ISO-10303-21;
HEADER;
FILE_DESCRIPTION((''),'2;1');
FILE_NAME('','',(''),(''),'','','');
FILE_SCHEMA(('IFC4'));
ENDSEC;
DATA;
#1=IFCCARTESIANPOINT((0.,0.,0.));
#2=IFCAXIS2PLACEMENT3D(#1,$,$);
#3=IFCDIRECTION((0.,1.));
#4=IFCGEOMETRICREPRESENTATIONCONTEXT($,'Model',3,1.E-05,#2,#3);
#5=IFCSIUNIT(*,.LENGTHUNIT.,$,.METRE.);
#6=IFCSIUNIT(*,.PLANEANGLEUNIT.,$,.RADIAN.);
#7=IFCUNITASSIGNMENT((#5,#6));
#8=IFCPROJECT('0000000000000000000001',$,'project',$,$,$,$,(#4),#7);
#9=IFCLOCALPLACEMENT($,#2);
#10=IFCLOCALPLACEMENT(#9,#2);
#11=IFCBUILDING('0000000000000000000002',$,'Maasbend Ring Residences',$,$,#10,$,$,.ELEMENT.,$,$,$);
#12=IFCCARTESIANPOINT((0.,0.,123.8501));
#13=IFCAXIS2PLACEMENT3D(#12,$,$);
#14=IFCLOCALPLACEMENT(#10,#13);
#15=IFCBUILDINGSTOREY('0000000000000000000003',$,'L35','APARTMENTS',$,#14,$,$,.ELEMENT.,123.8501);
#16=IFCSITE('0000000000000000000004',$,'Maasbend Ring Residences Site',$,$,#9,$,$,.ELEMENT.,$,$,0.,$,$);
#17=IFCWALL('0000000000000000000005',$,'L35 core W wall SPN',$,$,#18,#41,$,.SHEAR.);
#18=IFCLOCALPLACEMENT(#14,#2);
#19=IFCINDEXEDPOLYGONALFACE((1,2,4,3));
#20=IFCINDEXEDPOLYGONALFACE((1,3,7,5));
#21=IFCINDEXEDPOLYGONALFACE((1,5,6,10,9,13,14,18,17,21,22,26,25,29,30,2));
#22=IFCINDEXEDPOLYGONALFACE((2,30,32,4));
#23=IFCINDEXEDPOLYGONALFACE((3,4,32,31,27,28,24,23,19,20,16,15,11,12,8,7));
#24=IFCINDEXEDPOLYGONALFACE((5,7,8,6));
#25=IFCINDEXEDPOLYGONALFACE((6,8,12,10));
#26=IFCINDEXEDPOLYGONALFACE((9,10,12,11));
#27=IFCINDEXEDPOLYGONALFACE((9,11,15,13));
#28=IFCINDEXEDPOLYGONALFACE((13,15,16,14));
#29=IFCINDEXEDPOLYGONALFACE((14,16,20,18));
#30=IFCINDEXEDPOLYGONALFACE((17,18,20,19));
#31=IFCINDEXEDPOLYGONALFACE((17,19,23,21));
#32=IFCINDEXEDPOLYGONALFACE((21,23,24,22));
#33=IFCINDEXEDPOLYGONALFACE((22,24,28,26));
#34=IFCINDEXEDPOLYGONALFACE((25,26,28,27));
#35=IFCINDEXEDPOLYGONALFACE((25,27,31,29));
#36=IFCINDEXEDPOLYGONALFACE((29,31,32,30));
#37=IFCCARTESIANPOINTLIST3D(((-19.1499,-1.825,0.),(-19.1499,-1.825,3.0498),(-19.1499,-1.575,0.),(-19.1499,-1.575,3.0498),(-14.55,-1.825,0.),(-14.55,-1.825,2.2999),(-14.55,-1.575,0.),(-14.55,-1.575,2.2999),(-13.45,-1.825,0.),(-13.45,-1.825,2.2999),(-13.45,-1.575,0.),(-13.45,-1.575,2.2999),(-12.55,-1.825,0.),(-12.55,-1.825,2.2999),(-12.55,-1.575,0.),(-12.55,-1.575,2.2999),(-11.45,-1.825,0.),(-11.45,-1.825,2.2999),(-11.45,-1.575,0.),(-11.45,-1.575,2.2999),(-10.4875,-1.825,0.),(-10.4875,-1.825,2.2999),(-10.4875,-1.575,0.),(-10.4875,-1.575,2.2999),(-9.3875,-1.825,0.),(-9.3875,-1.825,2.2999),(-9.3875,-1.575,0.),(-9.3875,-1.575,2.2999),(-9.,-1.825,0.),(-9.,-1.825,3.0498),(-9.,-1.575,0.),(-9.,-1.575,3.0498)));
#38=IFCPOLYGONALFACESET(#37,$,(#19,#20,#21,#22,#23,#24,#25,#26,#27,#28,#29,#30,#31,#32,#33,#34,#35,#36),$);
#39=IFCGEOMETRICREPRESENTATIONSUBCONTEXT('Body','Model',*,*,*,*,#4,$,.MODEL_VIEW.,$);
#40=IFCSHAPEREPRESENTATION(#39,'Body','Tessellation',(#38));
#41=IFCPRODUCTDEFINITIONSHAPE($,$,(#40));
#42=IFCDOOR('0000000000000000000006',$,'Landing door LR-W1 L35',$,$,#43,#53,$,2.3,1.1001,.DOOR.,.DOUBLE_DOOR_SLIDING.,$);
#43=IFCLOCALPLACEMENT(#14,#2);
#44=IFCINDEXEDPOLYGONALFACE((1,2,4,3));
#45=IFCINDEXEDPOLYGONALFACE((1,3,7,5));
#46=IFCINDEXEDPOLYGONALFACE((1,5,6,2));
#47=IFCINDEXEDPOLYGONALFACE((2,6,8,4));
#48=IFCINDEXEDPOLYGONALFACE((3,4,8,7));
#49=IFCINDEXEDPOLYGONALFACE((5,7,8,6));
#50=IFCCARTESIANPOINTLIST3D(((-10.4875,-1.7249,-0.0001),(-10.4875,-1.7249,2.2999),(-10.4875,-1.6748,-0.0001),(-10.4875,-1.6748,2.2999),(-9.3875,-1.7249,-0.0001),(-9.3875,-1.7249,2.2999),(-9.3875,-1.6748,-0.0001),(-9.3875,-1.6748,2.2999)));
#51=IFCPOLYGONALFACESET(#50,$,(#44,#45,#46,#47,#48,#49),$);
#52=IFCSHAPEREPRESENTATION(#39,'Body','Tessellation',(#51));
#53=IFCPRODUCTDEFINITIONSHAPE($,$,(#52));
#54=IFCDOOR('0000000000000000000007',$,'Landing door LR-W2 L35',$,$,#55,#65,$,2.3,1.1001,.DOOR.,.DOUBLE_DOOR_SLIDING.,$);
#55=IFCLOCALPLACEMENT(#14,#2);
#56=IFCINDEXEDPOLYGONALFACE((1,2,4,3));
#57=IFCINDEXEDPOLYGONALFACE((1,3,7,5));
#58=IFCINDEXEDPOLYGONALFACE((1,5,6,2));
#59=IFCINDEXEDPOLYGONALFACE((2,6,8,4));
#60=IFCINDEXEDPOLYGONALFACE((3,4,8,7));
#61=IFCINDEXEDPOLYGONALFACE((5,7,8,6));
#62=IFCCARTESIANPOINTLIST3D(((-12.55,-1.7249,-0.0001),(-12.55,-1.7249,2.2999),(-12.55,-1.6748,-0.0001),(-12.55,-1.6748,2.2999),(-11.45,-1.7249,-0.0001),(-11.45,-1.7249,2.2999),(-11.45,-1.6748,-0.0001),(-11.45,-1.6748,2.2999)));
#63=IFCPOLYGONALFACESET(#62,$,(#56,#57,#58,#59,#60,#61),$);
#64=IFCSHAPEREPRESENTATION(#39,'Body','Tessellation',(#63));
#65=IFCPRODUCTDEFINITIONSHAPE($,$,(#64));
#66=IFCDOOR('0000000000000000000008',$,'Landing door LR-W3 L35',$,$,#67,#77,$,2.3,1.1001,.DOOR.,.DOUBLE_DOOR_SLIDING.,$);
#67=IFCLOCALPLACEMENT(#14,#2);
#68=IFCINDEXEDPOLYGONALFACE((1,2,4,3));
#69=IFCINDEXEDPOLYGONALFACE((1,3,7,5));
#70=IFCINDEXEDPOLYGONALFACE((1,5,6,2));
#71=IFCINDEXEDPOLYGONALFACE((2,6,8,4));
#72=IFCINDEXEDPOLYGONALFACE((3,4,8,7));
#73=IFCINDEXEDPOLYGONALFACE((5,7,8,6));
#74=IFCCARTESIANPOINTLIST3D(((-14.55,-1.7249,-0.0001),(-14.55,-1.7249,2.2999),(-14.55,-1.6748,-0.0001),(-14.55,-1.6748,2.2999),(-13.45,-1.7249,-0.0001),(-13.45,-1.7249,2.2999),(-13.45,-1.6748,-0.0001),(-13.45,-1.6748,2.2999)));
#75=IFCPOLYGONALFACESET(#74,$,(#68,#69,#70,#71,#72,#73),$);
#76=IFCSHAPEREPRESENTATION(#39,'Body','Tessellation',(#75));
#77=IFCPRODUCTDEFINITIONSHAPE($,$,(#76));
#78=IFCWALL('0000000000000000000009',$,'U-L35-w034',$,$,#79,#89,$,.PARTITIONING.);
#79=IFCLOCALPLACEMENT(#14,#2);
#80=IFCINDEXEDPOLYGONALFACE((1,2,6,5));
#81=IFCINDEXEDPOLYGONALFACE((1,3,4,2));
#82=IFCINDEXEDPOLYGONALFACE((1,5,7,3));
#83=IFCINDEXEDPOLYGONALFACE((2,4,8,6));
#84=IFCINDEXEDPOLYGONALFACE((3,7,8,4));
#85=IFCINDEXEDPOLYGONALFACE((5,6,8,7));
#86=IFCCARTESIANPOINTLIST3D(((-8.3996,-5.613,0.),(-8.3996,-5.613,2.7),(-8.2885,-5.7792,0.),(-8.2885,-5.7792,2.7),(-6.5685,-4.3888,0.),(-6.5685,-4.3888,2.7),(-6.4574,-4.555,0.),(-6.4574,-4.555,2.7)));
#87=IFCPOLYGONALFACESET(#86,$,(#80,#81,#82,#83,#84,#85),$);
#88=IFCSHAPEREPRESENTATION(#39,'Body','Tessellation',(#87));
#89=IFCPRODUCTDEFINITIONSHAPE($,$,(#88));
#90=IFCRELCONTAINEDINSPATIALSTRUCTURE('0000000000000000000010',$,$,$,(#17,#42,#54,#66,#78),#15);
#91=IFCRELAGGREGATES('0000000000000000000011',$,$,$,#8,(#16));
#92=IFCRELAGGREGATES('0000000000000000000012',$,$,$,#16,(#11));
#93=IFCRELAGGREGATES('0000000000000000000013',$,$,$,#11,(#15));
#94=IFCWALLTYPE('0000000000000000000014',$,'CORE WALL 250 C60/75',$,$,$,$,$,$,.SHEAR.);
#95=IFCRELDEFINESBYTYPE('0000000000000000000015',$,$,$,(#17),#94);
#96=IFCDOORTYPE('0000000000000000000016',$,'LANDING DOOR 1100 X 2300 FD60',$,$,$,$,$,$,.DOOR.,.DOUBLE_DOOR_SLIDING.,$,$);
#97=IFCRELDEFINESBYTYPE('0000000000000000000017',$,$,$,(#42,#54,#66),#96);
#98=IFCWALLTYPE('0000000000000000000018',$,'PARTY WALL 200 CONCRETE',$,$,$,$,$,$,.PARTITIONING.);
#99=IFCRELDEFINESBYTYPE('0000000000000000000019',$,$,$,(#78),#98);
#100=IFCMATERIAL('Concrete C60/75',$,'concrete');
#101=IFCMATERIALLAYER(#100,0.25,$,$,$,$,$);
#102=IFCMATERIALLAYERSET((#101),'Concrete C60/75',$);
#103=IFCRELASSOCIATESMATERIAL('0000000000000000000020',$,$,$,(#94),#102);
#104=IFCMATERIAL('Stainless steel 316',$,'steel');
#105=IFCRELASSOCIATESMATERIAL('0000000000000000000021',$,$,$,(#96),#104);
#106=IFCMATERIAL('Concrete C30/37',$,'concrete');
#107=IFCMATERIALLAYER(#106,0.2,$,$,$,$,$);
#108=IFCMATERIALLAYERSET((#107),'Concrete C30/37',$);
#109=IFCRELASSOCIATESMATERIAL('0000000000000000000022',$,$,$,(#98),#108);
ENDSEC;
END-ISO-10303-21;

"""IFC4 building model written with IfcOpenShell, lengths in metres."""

from ifc_helpers import new_model, si_unit, direction, frame, frame_2d, origin, place, context, subcontext, project, spatial, rectangle, extrude, material, layer, layer_set, type_object, element, fill, save


model = new_model("IFC4")

# Units and contexts
model_context = context("Model", 3, precision=1e-05, world=origin(), true_north=direction((0.0, 1.0)))
body_context = subcontext(model_context, "Body", "Model", "MODEL_VIEW")
ifc_project = project(units=[si_unit("LENGTHUNIT", "METRE"), si_unit("PLANEANGLEUNIT", "RADIAN")], contexts=[model_context])

# Site, building, storey
site_placement = place(None, origin())
site = spatial("IfcSite", under=ifc_project, at=site_placement, Name="Maasbend Ring Residences Site", CompositionType="ELEMENT", RefElevation=0.0)
building_placement = place(site_placement, origin())
building = spatial("IfcBuilding", under=site, at=building_placement, Name="Maasbend Ring Residences", CompositionType="ELEMENT")
storey_placement = place(building_placement, frame((0.0, 0.0, 123.8501)))
storey = spatial("IfcBuildingStorey", under=building, at=storey_placement, Name="L35", Description="APARTMENTS", CompositionType="ELEMENT", Elevation=123.8501)

# Wall, openings, doors
ifc_material_1 = material(Name="Concrete C60/75", Category="concrete")
ifc_layer_1 = layer(ifc_material_1, 0.25)
ifc_layer_set_1 = layer_set([ifc_layer_1], Name="Concrete C60/75")
wall_type_1 = type_object("IfcWallType", Name="CORE WALL 250 C60/75", PredefinedType="SHEAR", material=ifc_layer_set_1)
wall_1_placement = place(storey_placement, frame((-9.0, -1.7, 0.0), z_axis=(0.0, 0.0, 1.0), x_axis=(-1.0, 0.0, 0.0)))
wall_1 = element("IfcWall", 1, at=wall_1_placement, inside=storey, type_object=wall_type_1, Name="L35 core W wall SPN", PredefinedType="SHEAR", context=body_context, shape_type="SweptSolid", body=[
    extrude(rectangle(XDim=10.1499, YDim=0.25, at=frame_2d((5.075, 0.0))), origin(), (0.0, 0.0, 1.0), 3.0498),
])
opening_1_placement = place(wall_1_placement, frame((0.3875, 0.0, 0.0)))
opening_1 = element("IfcOpeningElement", 2, at=opening_1_placement, cuts=wall_1, PredefinedType="OPENING", context=body_context, shape_type="SweptSolid", body=[
    extrude(rectangle(XDim=1.1001, YDim=2.3, at=frame_2d((0.55, 1.1499))), frame((0.0, 0.135, 0.0), z_axis=(0.0, -1.0, 0.0), x_axis=(1.0, 0.0, 0.0)), (0.0, 0.0, 1.0), 0.27),
])
opening_2_placement = place(wall_1_placement, frame((2.45, 0.0, 0.0)))
opening_2 = element("IfcOpeningElement", 3, at=opening_2_placement, cuts=wall_1, PredefinedType="OPENING", context=body_context, shape_type="SweptSolid", body=[
    extrude(rectangle(XDim=1.1001, YDim=2.3, at=frame_2d((0.55, 1.1499))), frame((0.0, 0.135, 0.0), z_axis=(0.0, -1.0, 0.0), x_axis=(1.0, 0.0, 0.0)), (0.0, 0.0, 1.0), 0.27),
])
opening_3_placement = place(wall_1_placement, frame((4.45, 0.0, 0.0)))
opening_3 = element("IfcOpeningElement", 4, at=opening_3_placement, cuts=wall_1, PredefinedType="OPENING", context=body_context, shape_type="SweptSolid", body=[
    extrude(rectangle(XDim=1.1001, YDim=2.3, at=frame_2d((0.55, 1.1499))), frame((0.0, 0.135, 0.0), z_axis=(0.0, -1.0, 0.0), x_axis=(1.0, 0.0, 0.0)), (0.0, 0.0, 1.0), 0.27),
])
ifc_material_2 = material(Name="Stainless steel 316", Category="steel")
door_type = type_object("IfcDoorType", Name="LANDING DOOR 1100 X 2300 FD60", OperationType="DOUBLE_DOOR_SLIDING", PredefinedType="DOOR", material=ifc_material_2)
door_1_placement = place(opening_1_placement, origin())
door_1 = element("IfcDoor", 5, at=door_1_placement, inside=storey, type_object=door_type, Name="Landing door LR-W1 L35", OperationType="DOUBLE_DOOR_SLIDING", OverallHeight=2.3, OverallWidth=1.1001, PredefinedType="DOOR", context=body_context, shape_type="SweptSolid", body=[
    extrude(rectangle(XDim=1.1001, YDim=2.3, at=frame_2d((0.55, 1.1499))), frame((0.0, 0.0249, 0.0), z_axis=(0.0, -1.0, 0.0), x_axis=(1.0, 0.0, 0.0)), (0.0, 0.0, 1.0), 0.05),
])
fill(opening_1, door_1)
door_2_placement = place(opening_2_placement, origin())
door_2 = element("IfcDoor", 6, at=door_2_placement, inside=storey, type_object=door_type, Name="Landing door LR-W2 L35", OperationType="DOUBLE_DOOR_SLIDING", OverallHeight=2.3, OverallWidth=1.1001, PredefinedType="DOOR", context=body_context, shape_type="SweptSolid", body=[
    extrude(rectangle(XDim=1.1001, YDim=2.3, at=frame_2d((0.55, 1.1499))), frame((0.0, 0.0249, 0.0), z_axis=(0.0, -1.0, 0.0), x_axis=(1.0, 0.0, 0.0)), (0.0, 0.0, 1.0), 0.05),
])
fill(opening_2, door_2)
door_3_placement = place(opening_3_placement, origin())
door_3 = element("IfcDoor", 7, at=door_3_placement, inside=storey, type_object=door_type, Name="Landing door LR-W3 L35", OperationType="DOUBLE_DOOR_SLIDING", OverallHeight=2.3, OverallWidth=1.1001, PredefinedType="DOOR", context=body_context, shape_type="SweptSolid", body=[
    extrude(rectangle(XDim=1.1001, YDim=2.3, at=frame_2d((0.55, 1.1499))), frame((0.0, 0.0249, 0.0), z_axis=(0.0, -1.0, 0.0), x_axis=(1.0, 0.0, 0.0)), (0.0, 0.0, 1.0), 0.05),
])
fill(opening_3, door_3)

# Wall
ifc_material_3 = material(Name="Concrete C30/37", Category="concrete")
ifc_layer_2 = layer(ifc_material_3, 0.2)
ifc_layer_set_2 = layer_set([ifc_layer_2], Name="Concrete C30/37")
wall_type_2 = type_object("IfcWallType", Name="PARTY WALL 200 CONCRETE", PredefinedType="PARTITIONING", material=ifc_layer_set_2)
wall_2_placement = place(storey_placement, frame((-6.5129, -4.4719, 0.0), z_axis=(0.0, 0.0, 1.0), x_axis=(-0.831333, -0.555774, 0.0)))
element("IfcWall", 8, at=wall_2_placement, inside=storey, type_object=wall_type_2, Name="U-L35-w034", PredefinedType="PARTITIONING", context=body_context, shape_type="SweptSolid", body=[
    extrude(rectangle(XDim=2.2026, YDim=0.2, at=frame_2d((1.1013, 0.0))), origin(), (0.0, 0.0, 1.0), 2.7),
])

save(model, "model.ifc")
